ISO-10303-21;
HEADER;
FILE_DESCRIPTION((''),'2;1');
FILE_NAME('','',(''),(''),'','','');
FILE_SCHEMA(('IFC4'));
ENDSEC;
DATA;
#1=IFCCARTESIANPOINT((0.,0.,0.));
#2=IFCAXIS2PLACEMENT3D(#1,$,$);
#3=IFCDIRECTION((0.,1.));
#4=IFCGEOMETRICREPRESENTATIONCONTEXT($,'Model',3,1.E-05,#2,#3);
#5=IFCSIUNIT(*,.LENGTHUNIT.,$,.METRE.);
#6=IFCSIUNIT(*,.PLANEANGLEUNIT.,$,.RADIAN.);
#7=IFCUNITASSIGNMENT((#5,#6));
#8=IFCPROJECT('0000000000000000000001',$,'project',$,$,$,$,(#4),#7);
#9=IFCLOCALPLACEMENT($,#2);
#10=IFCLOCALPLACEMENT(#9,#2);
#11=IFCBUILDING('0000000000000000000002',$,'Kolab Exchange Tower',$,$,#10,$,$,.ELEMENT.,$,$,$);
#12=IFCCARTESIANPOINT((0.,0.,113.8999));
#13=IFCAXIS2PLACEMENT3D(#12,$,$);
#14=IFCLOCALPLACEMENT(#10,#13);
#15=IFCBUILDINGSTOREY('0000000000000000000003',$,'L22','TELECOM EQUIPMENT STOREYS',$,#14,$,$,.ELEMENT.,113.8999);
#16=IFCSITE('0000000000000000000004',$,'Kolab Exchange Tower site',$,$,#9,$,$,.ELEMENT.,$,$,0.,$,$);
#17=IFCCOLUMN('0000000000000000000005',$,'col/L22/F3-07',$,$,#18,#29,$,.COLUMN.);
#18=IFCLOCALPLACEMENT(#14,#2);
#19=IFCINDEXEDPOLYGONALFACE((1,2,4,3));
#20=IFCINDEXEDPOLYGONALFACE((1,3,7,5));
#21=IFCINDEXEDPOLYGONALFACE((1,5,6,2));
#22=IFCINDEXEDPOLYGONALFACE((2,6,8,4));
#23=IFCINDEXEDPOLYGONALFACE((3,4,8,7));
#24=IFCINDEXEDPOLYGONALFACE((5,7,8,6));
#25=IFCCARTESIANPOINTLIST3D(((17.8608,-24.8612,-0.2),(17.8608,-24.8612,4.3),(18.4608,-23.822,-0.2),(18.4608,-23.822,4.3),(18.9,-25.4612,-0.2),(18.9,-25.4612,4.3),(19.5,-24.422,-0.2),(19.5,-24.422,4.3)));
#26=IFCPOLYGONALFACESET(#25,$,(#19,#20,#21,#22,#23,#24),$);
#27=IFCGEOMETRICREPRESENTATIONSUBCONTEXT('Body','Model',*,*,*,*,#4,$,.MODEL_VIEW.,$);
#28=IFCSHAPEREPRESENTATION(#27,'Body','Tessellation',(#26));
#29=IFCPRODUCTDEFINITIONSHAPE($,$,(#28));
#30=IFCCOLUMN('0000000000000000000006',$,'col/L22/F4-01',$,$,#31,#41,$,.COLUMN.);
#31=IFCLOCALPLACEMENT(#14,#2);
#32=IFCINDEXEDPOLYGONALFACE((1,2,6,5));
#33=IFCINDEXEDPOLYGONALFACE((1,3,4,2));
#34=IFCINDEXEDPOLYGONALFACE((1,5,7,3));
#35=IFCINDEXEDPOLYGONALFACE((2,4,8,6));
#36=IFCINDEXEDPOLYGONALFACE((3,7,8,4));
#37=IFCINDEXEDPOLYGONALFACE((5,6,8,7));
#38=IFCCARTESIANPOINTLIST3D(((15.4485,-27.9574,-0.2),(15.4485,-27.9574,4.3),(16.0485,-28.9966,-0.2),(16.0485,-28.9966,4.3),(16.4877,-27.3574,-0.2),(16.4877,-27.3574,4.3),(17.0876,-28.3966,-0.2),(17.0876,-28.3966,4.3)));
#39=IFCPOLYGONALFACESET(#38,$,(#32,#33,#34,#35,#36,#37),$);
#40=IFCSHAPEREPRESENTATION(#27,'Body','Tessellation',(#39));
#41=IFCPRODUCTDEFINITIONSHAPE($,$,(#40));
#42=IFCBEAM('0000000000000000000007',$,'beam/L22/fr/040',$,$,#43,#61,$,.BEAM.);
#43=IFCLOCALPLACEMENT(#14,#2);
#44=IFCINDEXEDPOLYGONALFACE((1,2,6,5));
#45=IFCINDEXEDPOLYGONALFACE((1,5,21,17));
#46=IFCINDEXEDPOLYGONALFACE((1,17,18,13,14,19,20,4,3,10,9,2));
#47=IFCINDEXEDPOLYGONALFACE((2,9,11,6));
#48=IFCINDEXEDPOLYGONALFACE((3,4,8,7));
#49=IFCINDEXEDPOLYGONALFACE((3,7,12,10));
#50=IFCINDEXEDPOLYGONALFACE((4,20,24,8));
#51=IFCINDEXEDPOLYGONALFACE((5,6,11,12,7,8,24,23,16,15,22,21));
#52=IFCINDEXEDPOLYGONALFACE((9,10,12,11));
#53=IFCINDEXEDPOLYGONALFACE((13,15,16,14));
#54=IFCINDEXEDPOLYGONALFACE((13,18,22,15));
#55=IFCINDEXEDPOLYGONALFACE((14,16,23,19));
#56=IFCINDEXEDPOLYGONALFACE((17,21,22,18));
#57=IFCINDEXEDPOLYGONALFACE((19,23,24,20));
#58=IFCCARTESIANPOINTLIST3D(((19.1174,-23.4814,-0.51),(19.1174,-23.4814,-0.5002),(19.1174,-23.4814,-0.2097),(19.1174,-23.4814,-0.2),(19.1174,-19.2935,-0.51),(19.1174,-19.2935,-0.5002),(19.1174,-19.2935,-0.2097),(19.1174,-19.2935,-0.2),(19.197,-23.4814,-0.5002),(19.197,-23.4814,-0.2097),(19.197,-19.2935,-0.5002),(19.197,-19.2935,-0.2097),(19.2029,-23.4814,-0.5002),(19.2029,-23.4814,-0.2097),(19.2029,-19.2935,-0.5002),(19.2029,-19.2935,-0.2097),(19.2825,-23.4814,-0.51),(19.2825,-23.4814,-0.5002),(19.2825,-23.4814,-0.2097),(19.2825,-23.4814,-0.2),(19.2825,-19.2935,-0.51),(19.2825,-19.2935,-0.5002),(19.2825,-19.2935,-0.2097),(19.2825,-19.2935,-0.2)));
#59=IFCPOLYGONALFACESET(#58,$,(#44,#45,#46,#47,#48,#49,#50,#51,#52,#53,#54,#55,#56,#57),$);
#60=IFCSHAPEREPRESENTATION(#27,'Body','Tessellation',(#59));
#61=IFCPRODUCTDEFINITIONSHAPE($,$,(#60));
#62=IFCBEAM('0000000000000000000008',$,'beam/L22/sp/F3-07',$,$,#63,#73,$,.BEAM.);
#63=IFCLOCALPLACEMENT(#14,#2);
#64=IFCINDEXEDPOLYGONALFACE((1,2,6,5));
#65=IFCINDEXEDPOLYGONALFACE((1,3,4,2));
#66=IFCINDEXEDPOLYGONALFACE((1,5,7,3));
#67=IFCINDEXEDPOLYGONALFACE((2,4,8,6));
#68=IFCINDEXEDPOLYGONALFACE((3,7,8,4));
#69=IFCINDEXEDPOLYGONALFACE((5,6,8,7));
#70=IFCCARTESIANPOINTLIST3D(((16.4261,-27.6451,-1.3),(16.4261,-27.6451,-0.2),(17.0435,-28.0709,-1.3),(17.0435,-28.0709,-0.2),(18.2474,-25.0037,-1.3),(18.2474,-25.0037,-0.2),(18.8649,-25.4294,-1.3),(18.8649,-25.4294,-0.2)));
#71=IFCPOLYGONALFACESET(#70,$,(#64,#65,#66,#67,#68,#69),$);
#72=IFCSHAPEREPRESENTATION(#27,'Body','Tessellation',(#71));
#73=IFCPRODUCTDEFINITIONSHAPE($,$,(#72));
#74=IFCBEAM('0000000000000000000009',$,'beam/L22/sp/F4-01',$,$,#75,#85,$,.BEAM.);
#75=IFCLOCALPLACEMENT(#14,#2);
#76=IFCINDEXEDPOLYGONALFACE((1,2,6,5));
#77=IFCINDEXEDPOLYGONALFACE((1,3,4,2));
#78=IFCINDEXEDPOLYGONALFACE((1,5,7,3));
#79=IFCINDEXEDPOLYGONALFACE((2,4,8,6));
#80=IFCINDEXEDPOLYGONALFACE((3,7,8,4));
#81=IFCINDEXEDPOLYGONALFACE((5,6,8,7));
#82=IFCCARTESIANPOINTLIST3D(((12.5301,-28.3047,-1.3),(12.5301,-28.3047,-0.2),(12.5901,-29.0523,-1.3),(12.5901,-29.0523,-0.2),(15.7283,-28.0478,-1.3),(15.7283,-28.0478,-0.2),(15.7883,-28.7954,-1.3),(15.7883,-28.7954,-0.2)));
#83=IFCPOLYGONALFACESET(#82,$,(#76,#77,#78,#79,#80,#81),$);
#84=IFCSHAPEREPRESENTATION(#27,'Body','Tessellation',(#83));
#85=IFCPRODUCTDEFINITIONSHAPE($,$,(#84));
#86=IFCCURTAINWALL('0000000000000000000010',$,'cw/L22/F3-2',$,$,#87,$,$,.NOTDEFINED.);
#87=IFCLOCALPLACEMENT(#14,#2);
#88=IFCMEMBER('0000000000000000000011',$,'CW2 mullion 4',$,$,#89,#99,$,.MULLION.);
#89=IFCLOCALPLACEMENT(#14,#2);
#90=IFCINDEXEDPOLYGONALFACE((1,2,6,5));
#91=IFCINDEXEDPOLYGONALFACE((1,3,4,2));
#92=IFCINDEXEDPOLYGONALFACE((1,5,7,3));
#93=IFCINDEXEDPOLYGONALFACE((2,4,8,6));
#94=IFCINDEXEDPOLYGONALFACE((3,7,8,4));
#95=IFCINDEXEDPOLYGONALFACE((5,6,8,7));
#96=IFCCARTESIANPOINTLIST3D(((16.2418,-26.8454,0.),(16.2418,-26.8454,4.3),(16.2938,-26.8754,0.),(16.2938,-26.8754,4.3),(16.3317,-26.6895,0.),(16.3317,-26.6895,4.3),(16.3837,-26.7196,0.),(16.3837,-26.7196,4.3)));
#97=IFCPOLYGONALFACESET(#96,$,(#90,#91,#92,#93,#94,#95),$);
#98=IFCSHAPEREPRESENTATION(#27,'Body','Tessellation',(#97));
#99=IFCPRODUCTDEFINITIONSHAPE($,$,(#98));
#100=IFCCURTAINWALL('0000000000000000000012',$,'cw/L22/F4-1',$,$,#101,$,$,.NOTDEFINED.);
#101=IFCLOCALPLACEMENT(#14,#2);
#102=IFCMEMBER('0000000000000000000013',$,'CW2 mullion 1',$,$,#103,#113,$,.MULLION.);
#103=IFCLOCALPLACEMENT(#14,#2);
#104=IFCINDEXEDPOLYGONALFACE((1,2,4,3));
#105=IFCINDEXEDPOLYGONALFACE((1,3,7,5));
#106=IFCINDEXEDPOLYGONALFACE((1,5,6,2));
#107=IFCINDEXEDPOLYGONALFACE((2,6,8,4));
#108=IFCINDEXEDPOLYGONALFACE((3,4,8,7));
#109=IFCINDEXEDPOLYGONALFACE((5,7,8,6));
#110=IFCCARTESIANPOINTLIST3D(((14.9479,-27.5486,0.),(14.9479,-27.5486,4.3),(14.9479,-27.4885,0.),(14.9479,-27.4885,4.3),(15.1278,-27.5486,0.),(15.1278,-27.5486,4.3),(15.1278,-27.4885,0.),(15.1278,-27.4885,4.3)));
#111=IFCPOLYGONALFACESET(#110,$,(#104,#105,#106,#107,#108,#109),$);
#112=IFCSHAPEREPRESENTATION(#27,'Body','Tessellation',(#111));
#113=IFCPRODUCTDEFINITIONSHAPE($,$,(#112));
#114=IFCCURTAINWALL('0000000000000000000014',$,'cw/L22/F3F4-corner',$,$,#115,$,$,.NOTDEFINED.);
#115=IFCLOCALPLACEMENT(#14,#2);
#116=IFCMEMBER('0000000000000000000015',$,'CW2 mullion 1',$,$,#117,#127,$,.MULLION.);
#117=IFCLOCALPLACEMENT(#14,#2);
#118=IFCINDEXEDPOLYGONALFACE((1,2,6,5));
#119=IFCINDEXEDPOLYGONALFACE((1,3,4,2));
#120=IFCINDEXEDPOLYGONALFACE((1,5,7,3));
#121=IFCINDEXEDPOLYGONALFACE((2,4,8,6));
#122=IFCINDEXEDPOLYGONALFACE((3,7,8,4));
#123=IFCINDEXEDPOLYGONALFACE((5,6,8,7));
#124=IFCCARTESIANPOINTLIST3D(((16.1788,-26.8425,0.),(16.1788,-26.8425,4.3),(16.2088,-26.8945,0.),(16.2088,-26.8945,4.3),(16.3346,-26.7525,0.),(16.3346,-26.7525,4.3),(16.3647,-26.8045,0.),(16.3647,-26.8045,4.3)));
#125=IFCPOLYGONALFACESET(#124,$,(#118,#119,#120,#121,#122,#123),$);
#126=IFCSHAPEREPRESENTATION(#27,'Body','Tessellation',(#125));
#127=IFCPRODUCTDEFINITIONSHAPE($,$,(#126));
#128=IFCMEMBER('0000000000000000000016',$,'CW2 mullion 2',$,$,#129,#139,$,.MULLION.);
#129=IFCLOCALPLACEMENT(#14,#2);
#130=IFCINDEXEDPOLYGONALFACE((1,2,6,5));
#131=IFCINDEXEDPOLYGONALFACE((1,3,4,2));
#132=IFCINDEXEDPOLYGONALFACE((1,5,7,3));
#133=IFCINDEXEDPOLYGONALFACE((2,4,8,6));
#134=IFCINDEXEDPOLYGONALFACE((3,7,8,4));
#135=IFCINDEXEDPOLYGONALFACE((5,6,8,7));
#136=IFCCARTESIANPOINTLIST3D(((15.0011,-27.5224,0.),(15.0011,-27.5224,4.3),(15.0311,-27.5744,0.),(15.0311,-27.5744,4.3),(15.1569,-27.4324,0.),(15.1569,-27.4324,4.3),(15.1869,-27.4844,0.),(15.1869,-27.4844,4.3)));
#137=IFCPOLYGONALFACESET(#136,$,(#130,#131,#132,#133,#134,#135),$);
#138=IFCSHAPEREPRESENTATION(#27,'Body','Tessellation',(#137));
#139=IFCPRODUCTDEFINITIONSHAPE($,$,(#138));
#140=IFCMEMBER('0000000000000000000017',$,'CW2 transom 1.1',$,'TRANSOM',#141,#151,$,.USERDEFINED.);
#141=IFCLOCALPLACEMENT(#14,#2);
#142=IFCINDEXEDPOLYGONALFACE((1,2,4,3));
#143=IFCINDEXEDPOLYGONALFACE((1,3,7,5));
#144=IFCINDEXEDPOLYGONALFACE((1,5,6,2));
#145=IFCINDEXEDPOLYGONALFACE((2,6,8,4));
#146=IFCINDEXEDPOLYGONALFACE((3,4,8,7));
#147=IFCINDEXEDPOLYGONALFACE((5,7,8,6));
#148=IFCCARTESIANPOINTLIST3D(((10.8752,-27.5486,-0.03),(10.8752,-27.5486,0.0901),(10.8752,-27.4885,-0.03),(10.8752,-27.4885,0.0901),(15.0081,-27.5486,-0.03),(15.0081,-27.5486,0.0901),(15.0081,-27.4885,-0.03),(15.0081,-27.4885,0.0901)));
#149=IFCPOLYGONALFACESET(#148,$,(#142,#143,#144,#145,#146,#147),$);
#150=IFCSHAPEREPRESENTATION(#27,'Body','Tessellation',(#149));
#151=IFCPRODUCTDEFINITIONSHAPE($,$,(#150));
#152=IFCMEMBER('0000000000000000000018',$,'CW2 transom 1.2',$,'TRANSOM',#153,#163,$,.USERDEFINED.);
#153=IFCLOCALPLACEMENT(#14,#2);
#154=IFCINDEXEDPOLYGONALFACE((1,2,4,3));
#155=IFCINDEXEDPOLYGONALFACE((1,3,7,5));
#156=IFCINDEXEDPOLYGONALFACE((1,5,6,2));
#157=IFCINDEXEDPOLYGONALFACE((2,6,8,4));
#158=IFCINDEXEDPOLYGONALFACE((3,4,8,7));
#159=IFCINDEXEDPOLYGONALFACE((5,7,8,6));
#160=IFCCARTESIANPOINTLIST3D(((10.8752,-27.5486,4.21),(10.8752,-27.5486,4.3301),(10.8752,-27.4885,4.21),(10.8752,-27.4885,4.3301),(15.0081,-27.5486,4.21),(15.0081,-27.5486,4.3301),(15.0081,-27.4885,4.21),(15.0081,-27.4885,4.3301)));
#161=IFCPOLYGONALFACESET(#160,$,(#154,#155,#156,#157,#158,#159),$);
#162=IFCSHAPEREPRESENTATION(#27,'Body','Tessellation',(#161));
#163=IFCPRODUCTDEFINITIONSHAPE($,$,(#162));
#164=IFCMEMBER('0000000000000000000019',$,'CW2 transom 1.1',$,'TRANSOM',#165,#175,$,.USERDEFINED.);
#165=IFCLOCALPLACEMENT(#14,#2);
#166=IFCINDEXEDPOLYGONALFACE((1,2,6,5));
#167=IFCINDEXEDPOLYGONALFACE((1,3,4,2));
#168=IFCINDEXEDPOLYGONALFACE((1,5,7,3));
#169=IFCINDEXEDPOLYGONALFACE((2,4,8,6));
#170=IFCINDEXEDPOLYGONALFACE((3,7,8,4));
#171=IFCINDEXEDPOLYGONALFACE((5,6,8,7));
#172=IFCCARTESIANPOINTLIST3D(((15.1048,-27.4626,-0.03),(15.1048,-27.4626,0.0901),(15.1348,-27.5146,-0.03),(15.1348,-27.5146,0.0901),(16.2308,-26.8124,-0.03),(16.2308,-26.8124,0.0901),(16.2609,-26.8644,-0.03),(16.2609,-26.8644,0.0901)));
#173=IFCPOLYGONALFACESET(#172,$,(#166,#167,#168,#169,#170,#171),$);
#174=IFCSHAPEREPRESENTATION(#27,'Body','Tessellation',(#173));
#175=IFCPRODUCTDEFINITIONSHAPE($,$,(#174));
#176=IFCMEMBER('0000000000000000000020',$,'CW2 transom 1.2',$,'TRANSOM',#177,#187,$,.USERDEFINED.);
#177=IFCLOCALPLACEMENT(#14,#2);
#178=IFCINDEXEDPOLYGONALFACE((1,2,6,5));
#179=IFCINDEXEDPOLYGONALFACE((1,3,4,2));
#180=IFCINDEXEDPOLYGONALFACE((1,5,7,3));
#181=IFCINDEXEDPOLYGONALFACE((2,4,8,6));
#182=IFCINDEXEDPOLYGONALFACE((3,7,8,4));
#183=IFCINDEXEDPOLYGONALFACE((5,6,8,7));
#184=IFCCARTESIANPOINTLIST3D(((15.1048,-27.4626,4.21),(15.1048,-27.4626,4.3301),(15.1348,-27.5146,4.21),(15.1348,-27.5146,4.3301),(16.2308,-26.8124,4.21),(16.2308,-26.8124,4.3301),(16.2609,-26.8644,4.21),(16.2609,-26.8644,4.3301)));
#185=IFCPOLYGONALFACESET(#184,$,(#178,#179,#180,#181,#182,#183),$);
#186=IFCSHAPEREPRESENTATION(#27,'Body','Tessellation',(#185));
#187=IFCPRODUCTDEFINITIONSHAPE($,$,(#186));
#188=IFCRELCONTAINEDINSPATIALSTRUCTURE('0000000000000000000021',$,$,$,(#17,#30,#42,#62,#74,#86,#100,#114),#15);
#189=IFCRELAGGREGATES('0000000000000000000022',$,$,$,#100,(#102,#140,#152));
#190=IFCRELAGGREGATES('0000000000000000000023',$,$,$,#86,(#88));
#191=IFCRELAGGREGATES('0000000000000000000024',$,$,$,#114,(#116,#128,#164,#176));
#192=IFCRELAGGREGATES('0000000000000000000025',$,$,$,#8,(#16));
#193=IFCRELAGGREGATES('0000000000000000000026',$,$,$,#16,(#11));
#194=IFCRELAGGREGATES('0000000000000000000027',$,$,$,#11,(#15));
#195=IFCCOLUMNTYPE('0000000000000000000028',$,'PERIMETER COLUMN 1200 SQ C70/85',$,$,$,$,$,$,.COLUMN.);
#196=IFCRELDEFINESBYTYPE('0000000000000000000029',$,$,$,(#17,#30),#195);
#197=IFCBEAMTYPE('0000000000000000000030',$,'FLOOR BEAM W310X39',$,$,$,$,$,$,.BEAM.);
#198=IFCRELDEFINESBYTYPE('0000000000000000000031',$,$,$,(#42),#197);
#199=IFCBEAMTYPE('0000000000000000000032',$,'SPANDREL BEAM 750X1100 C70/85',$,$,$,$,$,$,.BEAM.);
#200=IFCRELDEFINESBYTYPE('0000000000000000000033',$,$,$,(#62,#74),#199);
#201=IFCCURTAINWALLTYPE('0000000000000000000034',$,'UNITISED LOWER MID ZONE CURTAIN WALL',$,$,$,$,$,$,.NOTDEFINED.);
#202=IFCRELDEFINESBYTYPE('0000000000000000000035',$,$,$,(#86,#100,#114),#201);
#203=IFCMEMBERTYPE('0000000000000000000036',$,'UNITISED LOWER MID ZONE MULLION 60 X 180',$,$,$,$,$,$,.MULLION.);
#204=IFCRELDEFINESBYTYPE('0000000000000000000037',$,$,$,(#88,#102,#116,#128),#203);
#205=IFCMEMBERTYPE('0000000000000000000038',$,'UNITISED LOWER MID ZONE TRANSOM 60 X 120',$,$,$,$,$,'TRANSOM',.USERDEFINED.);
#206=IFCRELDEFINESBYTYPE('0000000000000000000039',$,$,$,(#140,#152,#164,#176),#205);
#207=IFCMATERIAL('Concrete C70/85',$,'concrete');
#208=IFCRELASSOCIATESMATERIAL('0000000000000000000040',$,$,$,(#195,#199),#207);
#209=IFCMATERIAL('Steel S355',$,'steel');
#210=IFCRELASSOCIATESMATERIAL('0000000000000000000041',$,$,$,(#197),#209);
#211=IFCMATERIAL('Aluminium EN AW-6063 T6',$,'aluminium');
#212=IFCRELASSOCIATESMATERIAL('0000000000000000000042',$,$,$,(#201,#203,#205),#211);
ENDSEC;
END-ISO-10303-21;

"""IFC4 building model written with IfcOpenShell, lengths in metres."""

from ifc_helpers import new_model, si_unit, direction, frame, origin, origin_2d, place, context, subcontext, project, spatial, rectangle, i_section, extrude, material, material_profile, profile_set, type_object, element, aggregate, save


model = new_model("IFC4")

# Units and contexts
model_context = context("Model", 3, precision=1e-05, world=origin(), true_north=direction((0.0, 1.0)))
body_context = subcontext(model_context, "Body", "Model", "MODEL_VIEW")
ifc_project = project(units=[si_unit("LENGTHUNIT", "METRE"), si_unit("PLANEANGLEUNIT", "RADIAN")], contexts=[model_context])

# Site, building, storey
site_placement = place(None, origin())
site = spatial("IfcSite", under=ifc_project, at=site_placement, Name="Kolab Exchange Tower site", CompositionType="ELEMENT", RefElevation=0.0)
building_placement = place(site_placement, origin())
building = spatial("IfcBuilding", under=site, at=building_placement, Name="Kolab Exchange Tower", CompositionType="ELEMENT")
storey_placement = place(building_placement, frame((0.0, 0.0, 113.8999)))
storey = spatial("IfcBuildingStorey", under=building, at=storey_placement, Name="L22", Description="TELECOM EQUIPMENT STOREYS", CompositionType="ELEMENT", Elevation=113.8999)

# Columns
ifc_material_1 = material(Name="Concrete C70/85", Category="concrete")
ifc_material_profile_1 = material_profile(ifc_material_1, rectangle(XDim=1.2, YDim=1.2, at=origin_2d()), Name="RC1200")
ifc_profile_set_1 = profile_set([ifc_material_profile_1], Name="Concrete C70/85")
column_type = type_object("IfcColumnType", Name="PERIMETER COLUMN 1200 SQ C70/85", PredefinedType="COLUMN", material=ifc_profile_set_1)
for number, where, z_axis, x_axis, name in (
    (1, (18.6804, -24.6416, -0.2), (0.0, 0.0, 1.0), (0.5, 0.866025, 0.0), "col/L22/F3-07"),
    (2, (16.2681, -28.177, -0.2), (0.0, 0.0, 1.0), (0.866025, 0.5, 0.0), "col/L22/F4-01"),
):
    element("IfcColumn", number, at=place(storey_placement, frame(where, z_axis=z_axis, x_axis=x_axis)), inside=storey, type_object=column_type, Name=name, PredefinedType="COLUMN", context=body_context, shape_type="SweptSolid", body=[
        extrude(rectangle(XDim=1.2, YDim=1.2, at=origin_2d()), origin(), (0.0, 0.0, 1.0), 4.5),
    ])

# Beams
ifc_material_2 = material(Name="Steel S355", Category="steel")
ifc_material_profile_2 = material_profile(ifc_material_2, i_section(OverallWidth=0.165, OverallDepth=0.3101, WebThickness=0.0059, FlangeThickness=0.0098, at=origin_2d()), Name="W310X39")
ifc_profile_set_2 = profile_set([ifc_material_profile_2], Name="Steel S355")
beam_type_1 = type_object("IfcBeamType", Name="FLOOR BEAM W310X39", PredefinedType="BEAM", material=ifc_profile_set_2)
beam_placement = place(storey_placement, frame((19.2, -23.4814, -0.355), z_axis=(0.0, 1.0, 0.0), x_axis=(-1.0, 0.0, 0.0)))
element("IfcBeam", 3, at=beam_placement, inside=storey, type_object=beam_type_1, Name="beam/L22/fr/040", PredefinedType="BEAM", context=body_context, shape_type="SweptSolid", body=[
    extrude(i_section(OverallWidth=0.165, OverallDepth=0.3101, WebThickness=0.0059, FlangeThickness=0.0098, at=origin_2d()), origin(), (0.0, 0.0, 1.0), 4.188),
])
ifc_material_profile_3 = material_profile(ifc_material_1, rectangle(XDim=0.75, YDim=1.1001, at=origin_2d()), Name="RC750X1100")
ifc_profile_set_3 = profile_set([ifc_material_profile_3], Name="Concrete C70/85")
beam_type_2 = type_object("IfcBeamType", Name="SPANDREL BEAM 750X1100 C70/85", PredefinedType="BEAM", material=ifc_profile_set_3)
for number, where, z_axis, x_axis, name in (
    (4, (18.5562, -25.2166, -0.75), (-0.567662, -0.823262, 0.0), (0.823262, -0.567662, 0.0), "beam/L22/sp/F3-07"),
    (5, (15.7583, -28.4216, -0.75), (-0.996791, -0.080048, 0.0), (0.080048, -0.996791, 0.0), "beam/L22/sp/F4-01"),
):
    element("IfcBeam", number, at=place(storey_placement, frame(where, z_axis=z_axis, x_axis=x_axis)), inside=storey, type_object=beam_type_2, Name=name, PredefinedType="BEAM", context=body_context, shape_type="SweptSolid", body=[
        extrude(rectangle(XDim=0.75, YDim=1.1001, at=origin_2d()), origin(), (0.0, 0.0, 1.0), 3.2085),
    ])

# Curtain walls, members
ifc_material_3 = material(Name="Aluminium EN AW-6063 T6", Category="aluminium")
curtain_wall_type = type_object("IfcCurtainWallType", Name="UNITISED LOWER MID ZONE CURTAIN WALL", PredefinedType="NOTDEFINED", material=ifc_material_3)
curtain_wall_1_placement = place(storey_placement, origin())
curtain_wall_1 = element("IfcCurtainWall", 6, at=curtain_wall_1_placement, inside=storey, type_object=curtain_wall_type, Name="cw/L22/F3-2", PredefinedType="NOTDEFINED")
ifc_material_profile_4 = material_profile(ifc_material_3, rectangle(XDim=0.0601, YDim=0.1799, at=origin_2d()), Name="RECT 60X180")
ifc_profile_set_4 = profile_set([ifc_material_profile_4], Name="Aluminium EN AW-6063 T6")
member_type_1 = type_object("IfcMemberType", Name="UNITISED LOWER MID ZONE MULLION 60 X 180", PredefinedType="MULLION", material=ifc_profile_set_4)
member_1_placement = place(storey_placement, frame((16.3127, -26.7825, 0.0), z_axis=(0.0, 0.0, 1.0), x_axis=(0.866025, -0.5, 0.0)))
member_1 = element("IfcMember", 7, at=member_1_placement, type_object=member_type_1, Name="CW2 mullion 4", PredefinedType="MULLION", context=body_context, shape_type="SweptSolid", body=[
    extrude(rectangle(XDim=0.0601, YDim=0.1799, at=origin_2d()), origin(), (0.0, 0.0, 1.0), 4.3),
])
curtain_wall_2_placement = place(storey_placement, origin())
curtain_wall_2 = element("IfcCurtainWall", 8, at=curtain_wall_2_placement, inside=storey, type_object=curtain_wall_type, Name="cw/L22/F4-1", PredefinedType="NOTDEFINED")
member_2_placement = place(storey_placement, frame((15.0378, -27.5186, 0.0), z_axis=(0.0, 0.0, 1.0), x_axis=(0.0, -1.0, 0.0)))
member_2 = element("IfcMember", 9, at=member_2_placement, type_object=member_type_1, Name="CW2 mullion 1", PredefinedType="MULLION", context=body_context, shape_type="SweptSolid", body=[
    extrude(rectangle(XDim=0.0601, YDim=0.1799, at=origin_2d()), origin(), (0.0, 0.0, 1.0), 4.3),
])

# Curtain wall, members
curtain_wall_3_placement = place(storey_placement, origin())
curtain_wall_3 = element("IfcCurtainWall", 10, at=curtain_wall_3_placement, inside=storey, type_object=curtain_wall_type, Name="cw/L22/F3F4-corner", PredefinedType="NOTDEFINED")
member_3_placement = place(storey_placement, frame((16.2717, -26.8235, 0.0), z_axis=(0.0, 0.0, 1.0), x_axis=(0.5, -0.866025, 0.0)))
member_3 = element("IfcMember", 11, at=member_3_placement, type_object=member_type_1, Name="CW2 mullion 1", PredefinedType="MULLION", context=body_context, shape_type="SweptSolid", body=[
    extrude(rectangle(XDim=0.0601, YDim=0.1799, at=origin_2d()), origin(), (0.0, 0.0, 1.0), 4.3),
])
member_4_placement = place(storey_placement, frame((15.094, -27.5034, 0.0), z_axis=(0.0, 0.0, 1.0), x_axis=(0.5, -0.866025, 0.0)))
member_4 = element("IfcMember", 12, at=member_4_placement, type_object=member_type_1, Name="CW2 mullion 2", PredefinedType="MULLION", context=body_context, shape_type="SweptSolid", body=[
    extrude(rectangle(XDim=0.0601, YDim=0.1799, at=origin_2d()), origin(), (0.0, 0.0, 1.0), 4.3),
])

# Members
ifc_material_profile_5 = material_profile(ifc_material_3, rectangle(XDim=0.0601, YDim=0.1201, at=origin_2d()), Name="RECT 60X120")
ifc_profile_set_5 = profile_set([ifc_material_profile_5], Name="Aluminium EN AW-6063 T6")
member_type_2 = type_object("IfcMemberType", Name="UNITISED LOWER MID ZONE TRANSOM 60 X 120", ElementType="TRANSOM", PredefinedType="USERDEFINED", material=ifc_profile_set_5)
member_5_placement = place(storey_placement, frame((15.0081, -27.5186, 0.03), z_axis=(-1.0, 0.0, 0.0), x_axis=(0.0, -1.0, 0.0)))
member_5 = element("IfcMember", 13, at=member_5_placement, type_object=member_type_2, Name="CW2 transom 1.1", ObjectType="TRANSOM", PredefinedType="USERDEFINED", context=body_context, shape_type="SweptSolid", body=[
    extrude(rectangle(XDim=0.0601, YDim=0.1201, at=origin_2d()), origin(), (0.0, 0.0, 1.0), 4.1328),
])
member_6_placement = place(storey_placement, frame((15.0081, -27.5186, 4.27), z_axis=(-1.0, 0.0, 0.0), x_axis=(0.0, -1.0, 0.0)))
member_6 = element("IfcMember", 14, at=member_6_placement, type_object=member_type_2, Name="CW2 transom 1.2", ObjectType="TRANSOM", PredefinedType="USERDEFINED", context=body_context, shape_type="SweptSolid", body=[
    extrude(rectangle(XDim=0.0601, YDim=0.1201, at=origin_2d()), origin(), (0.0, 0.0, 1.0), 4.1328),
])
aggregate(curtain_wall_2, [member_2, member_5, member_6])
member_7_placement = place(storey_placement, frame((16.2458, -26.8384, 0.03), z_axis=(-0.866004, -0.500037, 0.0), x_axis=(0.500037, -0.866004, 0.0)))
member_7 = element("IfcMember", 15, at=member_7_placement, type_object=member_type_2, Name="CW2 transom 1.1", ObjectType="TRANSOM", PredefinedType="USERDEFINED", context=body_context, shape_type="SweptSolid", body=[
    extrude(rectangle(XDim=0.0601, YDim=0.1201, at=origin_2d()), origin(), (0.0, 0.0, 1.0), 1.3003),
])
member_8_placement = place(storey_placement, frame((16.2458, -26.8384, 4.27), z_axis=(-0.866004, -0.500037, 0.0), x_axis=(0.500037, -0.866004, 0.0)))
member_8 = element("IfcMember", 16, at=member_8_placement, type_object=member_type_2, Name="CW2 transom 1.2", ObjectType="TRANSOM", PredefinedType="USERDEFINED", context=body_context, shape_type="SweptSolid", body=[
    extrude(rectangle(XDim=0.0601, YDim=0.1201, at=origin_2d()), origin(), (0.0, 0.0, 1.0), 1.3003),
])

aggregate(curtain_wall_1, [member_1])
aggregate(curtain_wall_3, [member_3, member_4, member_7, member_8])

save(model, "model.ifc")
